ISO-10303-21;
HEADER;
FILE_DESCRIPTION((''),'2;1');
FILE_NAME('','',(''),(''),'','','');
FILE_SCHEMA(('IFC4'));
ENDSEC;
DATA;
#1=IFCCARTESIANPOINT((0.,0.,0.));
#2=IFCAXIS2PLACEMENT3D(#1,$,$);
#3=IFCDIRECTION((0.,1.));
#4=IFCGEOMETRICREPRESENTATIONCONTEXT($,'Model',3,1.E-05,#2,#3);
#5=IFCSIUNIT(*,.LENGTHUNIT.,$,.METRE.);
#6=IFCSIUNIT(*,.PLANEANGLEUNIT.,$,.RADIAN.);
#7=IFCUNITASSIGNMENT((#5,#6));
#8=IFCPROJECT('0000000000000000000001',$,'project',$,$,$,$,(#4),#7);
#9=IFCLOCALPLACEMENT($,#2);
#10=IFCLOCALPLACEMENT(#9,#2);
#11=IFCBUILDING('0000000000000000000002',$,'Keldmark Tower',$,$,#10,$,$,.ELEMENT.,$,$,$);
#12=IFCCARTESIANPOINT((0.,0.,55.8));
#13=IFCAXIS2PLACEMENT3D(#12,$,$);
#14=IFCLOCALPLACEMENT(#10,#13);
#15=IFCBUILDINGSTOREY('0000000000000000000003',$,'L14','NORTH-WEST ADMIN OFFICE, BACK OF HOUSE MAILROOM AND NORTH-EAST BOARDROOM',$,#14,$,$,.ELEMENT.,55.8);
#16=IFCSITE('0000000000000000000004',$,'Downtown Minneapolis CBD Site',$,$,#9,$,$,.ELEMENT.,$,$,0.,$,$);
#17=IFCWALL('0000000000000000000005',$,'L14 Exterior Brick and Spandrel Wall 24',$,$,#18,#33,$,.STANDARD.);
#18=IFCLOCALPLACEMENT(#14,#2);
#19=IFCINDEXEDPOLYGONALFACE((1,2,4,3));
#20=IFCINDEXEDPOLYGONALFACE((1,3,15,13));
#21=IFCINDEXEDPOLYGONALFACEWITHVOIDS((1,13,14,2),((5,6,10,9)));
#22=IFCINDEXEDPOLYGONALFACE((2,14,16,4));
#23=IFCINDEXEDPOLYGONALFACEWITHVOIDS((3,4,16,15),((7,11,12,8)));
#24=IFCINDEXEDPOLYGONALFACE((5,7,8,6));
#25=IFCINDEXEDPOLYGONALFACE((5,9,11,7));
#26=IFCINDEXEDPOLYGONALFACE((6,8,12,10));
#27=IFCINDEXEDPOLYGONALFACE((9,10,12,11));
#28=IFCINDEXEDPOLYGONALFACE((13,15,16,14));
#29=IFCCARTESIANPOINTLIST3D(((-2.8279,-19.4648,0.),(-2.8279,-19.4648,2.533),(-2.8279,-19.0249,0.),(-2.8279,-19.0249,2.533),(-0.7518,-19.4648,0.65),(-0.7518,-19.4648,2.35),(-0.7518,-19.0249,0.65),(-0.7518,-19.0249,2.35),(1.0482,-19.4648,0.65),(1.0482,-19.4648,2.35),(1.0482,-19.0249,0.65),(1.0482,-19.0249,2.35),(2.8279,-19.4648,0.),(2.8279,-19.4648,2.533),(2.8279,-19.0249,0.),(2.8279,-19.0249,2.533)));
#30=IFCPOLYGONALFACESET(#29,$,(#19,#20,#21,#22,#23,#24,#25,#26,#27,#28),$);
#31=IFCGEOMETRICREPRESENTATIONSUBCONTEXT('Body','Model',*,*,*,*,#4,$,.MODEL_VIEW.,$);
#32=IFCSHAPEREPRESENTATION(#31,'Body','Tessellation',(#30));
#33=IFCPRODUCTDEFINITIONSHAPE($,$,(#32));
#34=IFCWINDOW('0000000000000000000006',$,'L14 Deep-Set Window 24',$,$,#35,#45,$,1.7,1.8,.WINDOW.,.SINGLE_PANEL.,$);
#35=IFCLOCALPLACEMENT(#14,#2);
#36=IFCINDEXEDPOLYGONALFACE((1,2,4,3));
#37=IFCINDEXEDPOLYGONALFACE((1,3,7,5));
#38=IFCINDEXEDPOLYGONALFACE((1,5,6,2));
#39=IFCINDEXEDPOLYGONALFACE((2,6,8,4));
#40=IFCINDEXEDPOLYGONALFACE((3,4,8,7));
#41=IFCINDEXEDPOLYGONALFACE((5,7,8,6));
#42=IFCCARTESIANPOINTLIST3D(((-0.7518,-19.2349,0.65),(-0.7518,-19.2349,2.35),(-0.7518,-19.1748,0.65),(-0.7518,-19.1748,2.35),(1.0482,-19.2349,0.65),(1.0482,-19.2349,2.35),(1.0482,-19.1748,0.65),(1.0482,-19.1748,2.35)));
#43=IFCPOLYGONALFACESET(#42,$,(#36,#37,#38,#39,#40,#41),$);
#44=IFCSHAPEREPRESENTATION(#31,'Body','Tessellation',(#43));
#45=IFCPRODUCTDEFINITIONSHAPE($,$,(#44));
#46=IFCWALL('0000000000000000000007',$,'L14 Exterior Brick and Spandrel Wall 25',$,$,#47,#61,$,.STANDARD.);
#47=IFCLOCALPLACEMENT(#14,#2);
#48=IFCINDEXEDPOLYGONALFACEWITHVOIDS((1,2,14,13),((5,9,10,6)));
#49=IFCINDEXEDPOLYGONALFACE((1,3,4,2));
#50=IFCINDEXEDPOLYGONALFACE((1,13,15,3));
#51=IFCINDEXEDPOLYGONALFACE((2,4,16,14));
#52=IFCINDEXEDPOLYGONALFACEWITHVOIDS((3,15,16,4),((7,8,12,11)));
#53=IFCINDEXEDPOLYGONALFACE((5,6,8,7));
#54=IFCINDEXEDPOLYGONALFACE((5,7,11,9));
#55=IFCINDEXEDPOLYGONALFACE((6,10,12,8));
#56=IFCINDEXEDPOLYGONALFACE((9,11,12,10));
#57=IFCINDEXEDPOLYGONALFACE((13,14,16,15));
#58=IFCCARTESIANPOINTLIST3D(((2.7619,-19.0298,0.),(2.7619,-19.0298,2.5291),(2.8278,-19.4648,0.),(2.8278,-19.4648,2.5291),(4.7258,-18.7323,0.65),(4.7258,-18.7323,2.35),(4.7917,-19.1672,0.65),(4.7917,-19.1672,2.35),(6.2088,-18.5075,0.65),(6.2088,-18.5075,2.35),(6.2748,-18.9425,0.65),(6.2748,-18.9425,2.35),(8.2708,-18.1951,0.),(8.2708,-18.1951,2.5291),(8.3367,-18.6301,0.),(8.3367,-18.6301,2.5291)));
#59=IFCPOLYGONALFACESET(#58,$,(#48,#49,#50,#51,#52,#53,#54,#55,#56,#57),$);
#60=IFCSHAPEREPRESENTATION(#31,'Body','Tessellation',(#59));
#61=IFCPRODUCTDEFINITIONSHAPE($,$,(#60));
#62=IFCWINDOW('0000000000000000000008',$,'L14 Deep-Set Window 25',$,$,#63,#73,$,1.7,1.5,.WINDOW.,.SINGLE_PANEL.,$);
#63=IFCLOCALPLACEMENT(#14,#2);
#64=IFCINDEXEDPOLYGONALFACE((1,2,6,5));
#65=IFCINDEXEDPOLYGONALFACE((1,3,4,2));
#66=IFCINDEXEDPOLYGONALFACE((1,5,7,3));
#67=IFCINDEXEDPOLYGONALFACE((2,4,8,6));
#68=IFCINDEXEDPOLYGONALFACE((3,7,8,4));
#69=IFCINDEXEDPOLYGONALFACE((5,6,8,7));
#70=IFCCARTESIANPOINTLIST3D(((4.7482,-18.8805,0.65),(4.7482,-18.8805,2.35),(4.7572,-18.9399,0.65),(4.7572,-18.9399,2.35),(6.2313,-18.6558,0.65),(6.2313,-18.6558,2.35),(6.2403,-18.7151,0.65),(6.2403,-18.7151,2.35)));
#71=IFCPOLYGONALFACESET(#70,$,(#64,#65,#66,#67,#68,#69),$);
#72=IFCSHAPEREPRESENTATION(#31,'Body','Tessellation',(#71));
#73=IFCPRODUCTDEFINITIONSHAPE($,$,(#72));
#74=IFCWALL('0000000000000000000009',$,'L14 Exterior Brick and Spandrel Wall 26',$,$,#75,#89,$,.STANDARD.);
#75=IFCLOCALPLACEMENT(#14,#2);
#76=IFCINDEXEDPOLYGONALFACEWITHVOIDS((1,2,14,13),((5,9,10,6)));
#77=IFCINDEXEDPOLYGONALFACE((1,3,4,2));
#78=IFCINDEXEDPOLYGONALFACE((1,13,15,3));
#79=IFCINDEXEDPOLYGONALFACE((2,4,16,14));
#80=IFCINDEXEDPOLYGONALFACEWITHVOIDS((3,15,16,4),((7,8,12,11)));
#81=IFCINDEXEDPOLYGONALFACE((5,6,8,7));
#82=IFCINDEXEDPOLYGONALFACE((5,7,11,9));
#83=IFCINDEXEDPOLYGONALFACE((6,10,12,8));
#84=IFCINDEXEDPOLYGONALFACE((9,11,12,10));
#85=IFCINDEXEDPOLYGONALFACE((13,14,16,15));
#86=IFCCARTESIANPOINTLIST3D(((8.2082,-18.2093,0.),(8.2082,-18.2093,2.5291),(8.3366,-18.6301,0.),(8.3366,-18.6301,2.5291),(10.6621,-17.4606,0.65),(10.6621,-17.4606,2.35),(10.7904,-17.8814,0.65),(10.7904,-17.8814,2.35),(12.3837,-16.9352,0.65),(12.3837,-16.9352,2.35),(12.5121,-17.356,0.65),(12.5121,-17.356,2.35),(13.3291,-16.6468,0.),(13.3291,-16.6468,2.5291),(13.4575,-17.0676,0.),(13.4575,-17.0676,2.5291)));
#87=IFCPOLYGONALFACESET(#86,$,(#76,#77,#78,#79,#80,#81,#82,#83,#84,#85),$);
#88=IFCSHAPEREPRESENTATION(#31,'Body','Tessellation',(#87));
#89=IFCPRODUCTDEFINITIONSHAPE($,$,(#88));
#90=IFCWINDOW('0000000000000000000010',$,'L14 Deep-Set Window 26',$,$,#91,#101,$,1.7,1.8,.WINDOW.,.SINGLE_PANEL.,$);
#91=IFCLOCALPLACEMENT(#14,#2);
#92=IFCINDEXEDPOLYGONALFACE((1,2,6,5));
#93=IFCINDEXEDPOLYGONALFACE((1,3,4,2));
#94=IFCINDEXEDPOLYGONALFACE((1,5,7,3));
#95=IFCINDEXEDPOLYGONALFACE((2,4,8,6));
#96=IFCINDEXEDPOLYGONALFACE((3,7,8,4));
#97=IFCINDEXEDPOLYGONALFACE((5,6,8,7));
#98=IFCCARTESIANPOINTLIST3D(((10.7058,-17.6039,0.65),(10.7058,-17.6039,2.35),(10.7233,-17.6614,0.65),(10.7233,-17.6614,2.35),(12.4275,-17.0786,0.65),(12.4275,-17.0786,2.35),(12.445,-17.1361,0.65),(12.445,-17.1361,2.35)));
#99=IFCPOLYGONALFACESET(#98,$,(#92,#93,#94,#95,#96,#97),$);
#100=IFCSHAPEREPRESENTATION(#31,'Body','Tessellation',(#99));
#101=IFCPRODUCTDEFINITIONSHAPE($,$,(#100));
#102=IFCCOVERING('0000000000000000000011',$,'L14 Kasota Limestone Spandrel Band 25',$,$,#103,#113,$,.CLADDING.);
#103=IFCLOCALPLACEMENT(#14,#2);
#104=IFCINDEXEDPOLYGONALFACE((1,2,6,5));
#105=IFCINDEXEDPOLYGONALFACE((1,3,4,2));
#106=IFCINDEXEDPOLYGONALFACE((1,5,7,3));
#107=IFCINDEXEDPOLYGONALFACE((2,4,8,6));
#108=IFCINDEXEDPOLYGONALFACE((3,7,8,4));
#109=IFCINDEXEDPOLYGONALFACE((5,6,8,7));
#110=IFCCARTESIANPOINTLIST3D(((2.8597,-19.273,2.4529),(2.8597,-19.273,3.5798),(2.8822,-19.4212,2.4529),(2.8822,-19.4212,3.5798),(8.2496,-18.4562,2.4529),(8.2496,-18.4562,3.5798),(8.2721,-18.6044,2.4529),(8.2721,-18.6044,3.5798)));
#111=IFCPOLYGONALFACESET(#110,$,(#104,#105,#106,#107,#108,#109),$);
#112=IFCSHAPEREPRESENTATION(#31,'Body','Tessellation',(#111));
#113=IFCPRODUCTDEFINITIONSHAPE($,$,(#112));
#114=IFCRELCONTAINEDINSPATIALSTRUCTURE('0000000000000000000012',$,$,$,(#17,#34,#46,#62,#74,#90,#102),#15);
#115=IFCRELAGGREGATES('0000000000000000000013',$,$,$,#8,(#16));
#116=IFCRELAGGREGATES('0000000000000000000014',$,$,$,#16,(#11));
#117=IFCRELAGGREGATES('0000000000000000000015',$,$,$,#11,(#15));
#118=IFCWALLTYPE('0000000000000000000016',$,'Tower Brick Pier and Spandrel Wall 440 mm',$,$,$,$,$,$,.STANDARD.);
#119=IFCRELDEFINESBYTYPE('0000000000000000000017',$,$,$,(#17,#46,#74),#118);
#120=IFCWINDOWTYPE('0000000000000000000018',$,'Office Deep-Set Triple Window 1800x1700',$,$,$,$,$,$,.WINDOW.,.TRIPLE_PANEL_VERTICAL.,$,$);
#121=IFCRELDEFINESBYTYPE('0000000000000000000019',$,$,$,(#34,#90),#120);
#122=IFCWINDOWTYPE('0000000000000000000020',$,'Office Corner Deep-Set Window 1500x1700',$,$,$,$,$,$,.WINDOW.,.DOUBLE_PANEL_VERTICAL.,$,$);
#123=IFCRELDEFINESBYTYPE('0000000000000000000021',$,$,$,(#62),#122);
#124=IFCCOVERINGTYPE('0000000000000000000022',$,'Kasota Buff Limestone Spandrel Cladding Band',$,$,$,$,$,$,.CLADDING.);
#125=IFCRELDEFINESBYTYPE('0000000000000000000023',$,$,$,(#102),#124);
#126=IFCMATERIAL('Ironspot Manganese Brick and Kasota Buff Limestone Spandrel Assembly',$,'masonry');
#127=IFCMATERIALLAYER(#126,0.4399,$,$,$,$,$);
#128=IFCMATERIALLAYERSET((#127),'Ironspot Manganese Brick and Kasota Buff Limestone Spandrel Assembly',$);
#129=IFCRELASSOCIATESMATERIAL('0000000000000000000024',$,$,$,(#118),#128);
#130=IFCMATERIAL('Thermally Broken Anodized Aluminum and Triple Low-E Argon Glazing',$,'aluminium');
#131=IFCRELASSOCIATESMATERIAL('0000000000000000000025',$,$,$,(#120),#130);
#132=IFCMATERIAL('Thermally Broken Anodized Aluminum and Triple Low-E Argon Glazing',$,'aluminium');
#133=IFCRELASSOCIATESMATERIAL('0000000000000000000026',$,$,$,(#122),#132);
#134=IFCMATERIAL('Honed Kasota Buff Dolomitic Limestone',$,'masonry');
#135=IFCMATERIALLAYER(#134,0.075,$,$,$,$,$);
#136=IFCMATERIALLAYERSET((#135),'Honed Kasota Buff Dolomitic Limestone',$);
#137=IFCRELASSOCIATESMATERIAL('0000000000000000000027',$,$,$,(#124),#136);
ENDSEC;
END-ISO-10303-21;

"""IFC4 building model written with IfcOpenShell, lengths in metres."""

from ifc_helpers import new_model, si_unit, direction, frame, frame_2d, origin, origin_2d, place, context, subcontext, project, spatial, rectangle, extrude, material, layer, layer_set, type_object, element, fill, save


model = new_model("IFC4")

# Units and contexts
model_context = context("Model", 3, precision=1e-05, world=origin(), true_north=direction((0.0, 1.0)))
body_context = subcontext(model_context, "Body", "Model", "MODEL_VIEW")
ifc_project = project(units=[si_unit("LENGTHUNIT", "METRE"), si_unit("PLANEANGLEUNIT", "RADIAN")], contexts=[model_context])

# Site, building, storey
site_placement = place(None, origin())
site = spatial("IfcSite", under=ifc_project, at=site_placement, Name="Downtown Minneapolis CBD Site", CompositionType="ELEMENT", RefElevation=0.0)
building_placement = place(site_placement, origin())
building = spatial("IfcBuilding", under=site, at=building_placement, Name="Keldmark Tower", CompositionType="ELEMENT")
storey_placement = place(building_placement, frame((0.0, 0.0, 55.8)))
storey = spatial("IfcBuildingStorey", under=building, at=storey_placement, Name="L14", Description="NORTH-WEST ADMIN OFFICE, BACK OF HOUSE MAILROOM AND NORTH-EAST BOARDROOM", CompositionType="ELEMENT", Elevation=55.8)

# Walls, openings, windows
ifc_material_1 = material(Name="Ironspot Manganese Brick and Kasota Buff Limestone Spandrel Assembly", Category="masonry")
ifc_layer_1 = layer(ifc_material_1, 0.4399)
ifc_layer_set_1 = layer_set([ifc_layer_1], Name="Ironspot Manganese Brick and Kasota Buff Limestone Spandrel Assembly")
wall_type_1 = type_object("IfcWallType", Name="Tower Brick Pier and Spandrel Wall 440 mm", PredefinedType="STANDARD", material=ifc_layer_set_1)
wall_1_placement = place(storey_placement, frame((2.8279, -19.2449, 0.0), z_axis=(0.0, 0.0, 1.0), x_axis=(-1.0, 0.0, 0.0)))
wall_1 = element("IfcWall", 1, at=wall_1_placement, inside=storey, type_object=wall_type_1, Name="L14 Exterior Brick and Spandrel Wall 24", PredefinedType="STANDARD", context=body_context, shape_type="SweptSolid", body=[
    extrude(rectangle(XDim=5.6558, YDim=0.4399, at=frame_2d((2.8279, 0.0))), origin(), (0.0, 0.0, 1.0), 2.533),
])
opening_1_placement = place(wall_1_placement, frame((1.7798, 0.0, 0.6499)))
opening_1 = element("IfcOpeningElement", 2, at=opening_1_placement, cuts=wall_1, PredefinedType="OPENING", context=body_context, shape_type="SweptSolid", body=[
    extrude(rectangle(XDim=1.8, YDim=1.7, at=frame_2d((0.8999, 0.8501))), frame((0.0, 0.23, 0.0), z_axis=(0.0, -1.0, 0.0), x_axis=(1.0, 0.0, 0.0)), (0.0, 0.0, 1.0), 0.46),
])
ifc_material_2 = material(Name="Thermally Broken Anodized Aluminum and Triple Low-E Argon Glazing", Category="aluminium")
window_type_1 = type_object("IfcWindowType", Name="Office Deep-Set Triple Window 1800x1700", PartitioningType="TRIPLE_PANEL_VERTICAL", PredefinedType="WINDOW", material=ifc_material_2)
window_1_placement = place(opening_1_placement, origin())
window_1 = element("IfcWindow", 3, at=window_1_placement, inside=storey, type_object=window_type_1, Name="L14 Deep-Set Window 24", OverallHeight=1.7, OverallWidth=1.8, PartitioningType="SINGLE_PANEL", PredefinedType="WINDOW", context=body_context, shape_type="SweptSolid", body=[
    extrude(rectangle(XDim=1.8, YDim=1.7, at=frame_2d((0.8999, 0.8501))), frame((0.0, -0.01, 0.0), z_axis=(0.0, -1.0, 0.0), x_axis=(1.0, 0.0, 0.0)), (0.0, 0.0, 1.0), 0.0601),
])
fill(opening_1, window_1)
wall_2_placement = place(storey_placement, frame((8.3037, -18.4126, 0.0), z_axis=(0.0, 0.0, 1.0), x_axis=(-0.988714, -0.149814, 0.0)))
wall_2 = element("IfcWall", 4, at=wall_2_placement, inside=storey, type_object=wall_type_1, Name="L14 Exterior Brick and Spandrel Wall 25", PredefinedType="STANDARD", context=body_context, shape_type="SweptSolid", body=[
    extrude(rectangle(XDim=5.5718, YDim=0.4399, at=frame_2d((2.7859, 0.0))), origin(), (0.0, 0.0, 1.0), 2.5291),
])
opening_2_placement = place(wall_2_placement, frame((2.0854, 0.0, 0.6499)))
opening_2 = element("IfcOpeningElement", 5, at=opening_2_placement, cuts=wall_2, PredefinedType="OPENING", context=body_context, shape_type="SweptSolid", body=[
    extrude(rectangle(XDim=1.5, YDim=1.7, at=frame_2d((0.75, 0.8501))), frame((0.0, 0.23, 0.0), z_axis=(0.0, -1.0, 0.0), x_axis=(1.0, 0.0, 0.0)), (0.0, 0.0, 1.0), 0.46),
])
ifc_material_3 = material(Name="Thermally Broken Anodized Aluminum and Triple Low-E Argon Glazing", Category="aluminium")
window_type_2 = type_object("IfcWindowType", Name="Office Corner Deep-Set Window 1500x1700", PartitioningType="DOUBLE_PANEL_VERTICAL", PredefinedType="WINDOW", material=ifc_material_3)
window_2_placement = place(opening_2_placement, origin())
window_2 = element("IfcWindow", 6, at=window_2_placement, inside=storey, type_object=window_type_2, Name="L14 Deep-Set Window 25", OverallHeight=1.7, OverallWidth=1.5, PartitioningType="SINGLE_PANEL", PredefinedType="WINDOW", context=body_context, shape_type="SweptSolid", body=[
    extrude(rectangle(XDim=1.5, YDim=1.7, at=frame_2d((0.75, 0.8501))), frame((0.0, -0.01, 0.0), z_axis=(0.0, -1.0, 0.0), x_axis=(1.0, 0.0, 0.0)), (0.0, 0.0, 1.0), 0.0601),
])
fill(opening_2, window_2)
wall_3_placement = place(storey_placement, frame((13.3933, -16.8572, 0.0), z_axis=(0.0, 0.0, 1.0), x_axis=(-0.956467, -0.291842, 0.0)))
wall_3 = element("IfcWall", 7, at=wall_3_placement, inside=storey, type_object=wall_type_1, Name="L14 Exterior Brick and Spandrel Wall 26", PredefinedType="STANDARD", context=body_context, shape_type="SweptSolid", body=[
    extrude(rectangle(XDim=5.354, YDim=0.4399, at=frame_2d((2.677, 0.0))), origin(), (0.0, 0.0, 1.0), 2.5291),
])
opening_3_placement = place(wall_3_placement, frame((0.9885, 0.0, 0.6499)))
opening_3 = element("IfcOpeningElement", 8, at=opening_3_placement, cuts=wall_3, PredefinedType="OPENING", context=body_context, shape_type="SweptSolid", body=[
    extrude(rectangle(XDim=1.8, YDim=1.7, at=frame_2d((0.8999, 0.8501))), frame((0.0, 0.23, 0.0), z_axis=(0.0, -1.0, 0.0), x_axis=(1.0, 0.0, 0.0)), (0.0, 0.0, 1.0), 0.46),
])
window_3_placement = place(opening_3_placement, origin())
window_3 = element("IfcWindow", 9, at=window_3_placement, inside=storey, type_object=window_type_1, Name="L14 Deep-Set Window 26", OverallHeight=1.7, OverallWidth=1.8, PartitioningType="SINGLE_PANEL", PredefinedType="WINDOW", context=body_context, shape_type="SweptSolid", body=[
    extrude(rectangle(XDim=1.8, YDim=1.7, at=frame_2d((0.8999, 0.8501))), frame((0.0, -0.01, 0.0), z_axis=(0.0, -1.0, 0.0), x_axis=(1.0, 0.0, 0.0)), (0.0, 0.0, 1.0), 0.0601),
])
fill(opening_3, window_3)

# Covering
ifc_material_4 = material(Name="Honed Kasota Buff Dolomitic Limestone", Category="masonry")
ifc_layer_2 = layer(ifc_material_4, 0.075)
ifc_layer_set_2 = layer_set([ifc_layer_2], Name="Honed Kasota Buff Dolomitic Limestone")
covering_type = type_object("IfcCoveringType", Name="Kasota Buff Limestone Spandrel Cladding Band", PredefinedType="CLADDING", material=ifc_layer_set_2)
covering_placement = place(storey_placement, frame((5.5659, -18.9387, 2.4529), z_axis=(0.0, 0.0, 1.0), x_axis=(0.988712, 0.149829, 0.0)))
element("IfcCovering", 10, at=covering_placement, inside=storey, type_object=covering_type, Name="L14 Kasota Limestone Spandrel Band 25", PredefinedType="CLADDING", context=body_context, shape_type="SweptSolid", body=[
    extrude(rectangle(XDim=5.4514, YDim=0.1499, at=origin_2d()), origin(), (0.0, 0.0, 1.0), 1.127),
])

save(model, "model.ifc")
